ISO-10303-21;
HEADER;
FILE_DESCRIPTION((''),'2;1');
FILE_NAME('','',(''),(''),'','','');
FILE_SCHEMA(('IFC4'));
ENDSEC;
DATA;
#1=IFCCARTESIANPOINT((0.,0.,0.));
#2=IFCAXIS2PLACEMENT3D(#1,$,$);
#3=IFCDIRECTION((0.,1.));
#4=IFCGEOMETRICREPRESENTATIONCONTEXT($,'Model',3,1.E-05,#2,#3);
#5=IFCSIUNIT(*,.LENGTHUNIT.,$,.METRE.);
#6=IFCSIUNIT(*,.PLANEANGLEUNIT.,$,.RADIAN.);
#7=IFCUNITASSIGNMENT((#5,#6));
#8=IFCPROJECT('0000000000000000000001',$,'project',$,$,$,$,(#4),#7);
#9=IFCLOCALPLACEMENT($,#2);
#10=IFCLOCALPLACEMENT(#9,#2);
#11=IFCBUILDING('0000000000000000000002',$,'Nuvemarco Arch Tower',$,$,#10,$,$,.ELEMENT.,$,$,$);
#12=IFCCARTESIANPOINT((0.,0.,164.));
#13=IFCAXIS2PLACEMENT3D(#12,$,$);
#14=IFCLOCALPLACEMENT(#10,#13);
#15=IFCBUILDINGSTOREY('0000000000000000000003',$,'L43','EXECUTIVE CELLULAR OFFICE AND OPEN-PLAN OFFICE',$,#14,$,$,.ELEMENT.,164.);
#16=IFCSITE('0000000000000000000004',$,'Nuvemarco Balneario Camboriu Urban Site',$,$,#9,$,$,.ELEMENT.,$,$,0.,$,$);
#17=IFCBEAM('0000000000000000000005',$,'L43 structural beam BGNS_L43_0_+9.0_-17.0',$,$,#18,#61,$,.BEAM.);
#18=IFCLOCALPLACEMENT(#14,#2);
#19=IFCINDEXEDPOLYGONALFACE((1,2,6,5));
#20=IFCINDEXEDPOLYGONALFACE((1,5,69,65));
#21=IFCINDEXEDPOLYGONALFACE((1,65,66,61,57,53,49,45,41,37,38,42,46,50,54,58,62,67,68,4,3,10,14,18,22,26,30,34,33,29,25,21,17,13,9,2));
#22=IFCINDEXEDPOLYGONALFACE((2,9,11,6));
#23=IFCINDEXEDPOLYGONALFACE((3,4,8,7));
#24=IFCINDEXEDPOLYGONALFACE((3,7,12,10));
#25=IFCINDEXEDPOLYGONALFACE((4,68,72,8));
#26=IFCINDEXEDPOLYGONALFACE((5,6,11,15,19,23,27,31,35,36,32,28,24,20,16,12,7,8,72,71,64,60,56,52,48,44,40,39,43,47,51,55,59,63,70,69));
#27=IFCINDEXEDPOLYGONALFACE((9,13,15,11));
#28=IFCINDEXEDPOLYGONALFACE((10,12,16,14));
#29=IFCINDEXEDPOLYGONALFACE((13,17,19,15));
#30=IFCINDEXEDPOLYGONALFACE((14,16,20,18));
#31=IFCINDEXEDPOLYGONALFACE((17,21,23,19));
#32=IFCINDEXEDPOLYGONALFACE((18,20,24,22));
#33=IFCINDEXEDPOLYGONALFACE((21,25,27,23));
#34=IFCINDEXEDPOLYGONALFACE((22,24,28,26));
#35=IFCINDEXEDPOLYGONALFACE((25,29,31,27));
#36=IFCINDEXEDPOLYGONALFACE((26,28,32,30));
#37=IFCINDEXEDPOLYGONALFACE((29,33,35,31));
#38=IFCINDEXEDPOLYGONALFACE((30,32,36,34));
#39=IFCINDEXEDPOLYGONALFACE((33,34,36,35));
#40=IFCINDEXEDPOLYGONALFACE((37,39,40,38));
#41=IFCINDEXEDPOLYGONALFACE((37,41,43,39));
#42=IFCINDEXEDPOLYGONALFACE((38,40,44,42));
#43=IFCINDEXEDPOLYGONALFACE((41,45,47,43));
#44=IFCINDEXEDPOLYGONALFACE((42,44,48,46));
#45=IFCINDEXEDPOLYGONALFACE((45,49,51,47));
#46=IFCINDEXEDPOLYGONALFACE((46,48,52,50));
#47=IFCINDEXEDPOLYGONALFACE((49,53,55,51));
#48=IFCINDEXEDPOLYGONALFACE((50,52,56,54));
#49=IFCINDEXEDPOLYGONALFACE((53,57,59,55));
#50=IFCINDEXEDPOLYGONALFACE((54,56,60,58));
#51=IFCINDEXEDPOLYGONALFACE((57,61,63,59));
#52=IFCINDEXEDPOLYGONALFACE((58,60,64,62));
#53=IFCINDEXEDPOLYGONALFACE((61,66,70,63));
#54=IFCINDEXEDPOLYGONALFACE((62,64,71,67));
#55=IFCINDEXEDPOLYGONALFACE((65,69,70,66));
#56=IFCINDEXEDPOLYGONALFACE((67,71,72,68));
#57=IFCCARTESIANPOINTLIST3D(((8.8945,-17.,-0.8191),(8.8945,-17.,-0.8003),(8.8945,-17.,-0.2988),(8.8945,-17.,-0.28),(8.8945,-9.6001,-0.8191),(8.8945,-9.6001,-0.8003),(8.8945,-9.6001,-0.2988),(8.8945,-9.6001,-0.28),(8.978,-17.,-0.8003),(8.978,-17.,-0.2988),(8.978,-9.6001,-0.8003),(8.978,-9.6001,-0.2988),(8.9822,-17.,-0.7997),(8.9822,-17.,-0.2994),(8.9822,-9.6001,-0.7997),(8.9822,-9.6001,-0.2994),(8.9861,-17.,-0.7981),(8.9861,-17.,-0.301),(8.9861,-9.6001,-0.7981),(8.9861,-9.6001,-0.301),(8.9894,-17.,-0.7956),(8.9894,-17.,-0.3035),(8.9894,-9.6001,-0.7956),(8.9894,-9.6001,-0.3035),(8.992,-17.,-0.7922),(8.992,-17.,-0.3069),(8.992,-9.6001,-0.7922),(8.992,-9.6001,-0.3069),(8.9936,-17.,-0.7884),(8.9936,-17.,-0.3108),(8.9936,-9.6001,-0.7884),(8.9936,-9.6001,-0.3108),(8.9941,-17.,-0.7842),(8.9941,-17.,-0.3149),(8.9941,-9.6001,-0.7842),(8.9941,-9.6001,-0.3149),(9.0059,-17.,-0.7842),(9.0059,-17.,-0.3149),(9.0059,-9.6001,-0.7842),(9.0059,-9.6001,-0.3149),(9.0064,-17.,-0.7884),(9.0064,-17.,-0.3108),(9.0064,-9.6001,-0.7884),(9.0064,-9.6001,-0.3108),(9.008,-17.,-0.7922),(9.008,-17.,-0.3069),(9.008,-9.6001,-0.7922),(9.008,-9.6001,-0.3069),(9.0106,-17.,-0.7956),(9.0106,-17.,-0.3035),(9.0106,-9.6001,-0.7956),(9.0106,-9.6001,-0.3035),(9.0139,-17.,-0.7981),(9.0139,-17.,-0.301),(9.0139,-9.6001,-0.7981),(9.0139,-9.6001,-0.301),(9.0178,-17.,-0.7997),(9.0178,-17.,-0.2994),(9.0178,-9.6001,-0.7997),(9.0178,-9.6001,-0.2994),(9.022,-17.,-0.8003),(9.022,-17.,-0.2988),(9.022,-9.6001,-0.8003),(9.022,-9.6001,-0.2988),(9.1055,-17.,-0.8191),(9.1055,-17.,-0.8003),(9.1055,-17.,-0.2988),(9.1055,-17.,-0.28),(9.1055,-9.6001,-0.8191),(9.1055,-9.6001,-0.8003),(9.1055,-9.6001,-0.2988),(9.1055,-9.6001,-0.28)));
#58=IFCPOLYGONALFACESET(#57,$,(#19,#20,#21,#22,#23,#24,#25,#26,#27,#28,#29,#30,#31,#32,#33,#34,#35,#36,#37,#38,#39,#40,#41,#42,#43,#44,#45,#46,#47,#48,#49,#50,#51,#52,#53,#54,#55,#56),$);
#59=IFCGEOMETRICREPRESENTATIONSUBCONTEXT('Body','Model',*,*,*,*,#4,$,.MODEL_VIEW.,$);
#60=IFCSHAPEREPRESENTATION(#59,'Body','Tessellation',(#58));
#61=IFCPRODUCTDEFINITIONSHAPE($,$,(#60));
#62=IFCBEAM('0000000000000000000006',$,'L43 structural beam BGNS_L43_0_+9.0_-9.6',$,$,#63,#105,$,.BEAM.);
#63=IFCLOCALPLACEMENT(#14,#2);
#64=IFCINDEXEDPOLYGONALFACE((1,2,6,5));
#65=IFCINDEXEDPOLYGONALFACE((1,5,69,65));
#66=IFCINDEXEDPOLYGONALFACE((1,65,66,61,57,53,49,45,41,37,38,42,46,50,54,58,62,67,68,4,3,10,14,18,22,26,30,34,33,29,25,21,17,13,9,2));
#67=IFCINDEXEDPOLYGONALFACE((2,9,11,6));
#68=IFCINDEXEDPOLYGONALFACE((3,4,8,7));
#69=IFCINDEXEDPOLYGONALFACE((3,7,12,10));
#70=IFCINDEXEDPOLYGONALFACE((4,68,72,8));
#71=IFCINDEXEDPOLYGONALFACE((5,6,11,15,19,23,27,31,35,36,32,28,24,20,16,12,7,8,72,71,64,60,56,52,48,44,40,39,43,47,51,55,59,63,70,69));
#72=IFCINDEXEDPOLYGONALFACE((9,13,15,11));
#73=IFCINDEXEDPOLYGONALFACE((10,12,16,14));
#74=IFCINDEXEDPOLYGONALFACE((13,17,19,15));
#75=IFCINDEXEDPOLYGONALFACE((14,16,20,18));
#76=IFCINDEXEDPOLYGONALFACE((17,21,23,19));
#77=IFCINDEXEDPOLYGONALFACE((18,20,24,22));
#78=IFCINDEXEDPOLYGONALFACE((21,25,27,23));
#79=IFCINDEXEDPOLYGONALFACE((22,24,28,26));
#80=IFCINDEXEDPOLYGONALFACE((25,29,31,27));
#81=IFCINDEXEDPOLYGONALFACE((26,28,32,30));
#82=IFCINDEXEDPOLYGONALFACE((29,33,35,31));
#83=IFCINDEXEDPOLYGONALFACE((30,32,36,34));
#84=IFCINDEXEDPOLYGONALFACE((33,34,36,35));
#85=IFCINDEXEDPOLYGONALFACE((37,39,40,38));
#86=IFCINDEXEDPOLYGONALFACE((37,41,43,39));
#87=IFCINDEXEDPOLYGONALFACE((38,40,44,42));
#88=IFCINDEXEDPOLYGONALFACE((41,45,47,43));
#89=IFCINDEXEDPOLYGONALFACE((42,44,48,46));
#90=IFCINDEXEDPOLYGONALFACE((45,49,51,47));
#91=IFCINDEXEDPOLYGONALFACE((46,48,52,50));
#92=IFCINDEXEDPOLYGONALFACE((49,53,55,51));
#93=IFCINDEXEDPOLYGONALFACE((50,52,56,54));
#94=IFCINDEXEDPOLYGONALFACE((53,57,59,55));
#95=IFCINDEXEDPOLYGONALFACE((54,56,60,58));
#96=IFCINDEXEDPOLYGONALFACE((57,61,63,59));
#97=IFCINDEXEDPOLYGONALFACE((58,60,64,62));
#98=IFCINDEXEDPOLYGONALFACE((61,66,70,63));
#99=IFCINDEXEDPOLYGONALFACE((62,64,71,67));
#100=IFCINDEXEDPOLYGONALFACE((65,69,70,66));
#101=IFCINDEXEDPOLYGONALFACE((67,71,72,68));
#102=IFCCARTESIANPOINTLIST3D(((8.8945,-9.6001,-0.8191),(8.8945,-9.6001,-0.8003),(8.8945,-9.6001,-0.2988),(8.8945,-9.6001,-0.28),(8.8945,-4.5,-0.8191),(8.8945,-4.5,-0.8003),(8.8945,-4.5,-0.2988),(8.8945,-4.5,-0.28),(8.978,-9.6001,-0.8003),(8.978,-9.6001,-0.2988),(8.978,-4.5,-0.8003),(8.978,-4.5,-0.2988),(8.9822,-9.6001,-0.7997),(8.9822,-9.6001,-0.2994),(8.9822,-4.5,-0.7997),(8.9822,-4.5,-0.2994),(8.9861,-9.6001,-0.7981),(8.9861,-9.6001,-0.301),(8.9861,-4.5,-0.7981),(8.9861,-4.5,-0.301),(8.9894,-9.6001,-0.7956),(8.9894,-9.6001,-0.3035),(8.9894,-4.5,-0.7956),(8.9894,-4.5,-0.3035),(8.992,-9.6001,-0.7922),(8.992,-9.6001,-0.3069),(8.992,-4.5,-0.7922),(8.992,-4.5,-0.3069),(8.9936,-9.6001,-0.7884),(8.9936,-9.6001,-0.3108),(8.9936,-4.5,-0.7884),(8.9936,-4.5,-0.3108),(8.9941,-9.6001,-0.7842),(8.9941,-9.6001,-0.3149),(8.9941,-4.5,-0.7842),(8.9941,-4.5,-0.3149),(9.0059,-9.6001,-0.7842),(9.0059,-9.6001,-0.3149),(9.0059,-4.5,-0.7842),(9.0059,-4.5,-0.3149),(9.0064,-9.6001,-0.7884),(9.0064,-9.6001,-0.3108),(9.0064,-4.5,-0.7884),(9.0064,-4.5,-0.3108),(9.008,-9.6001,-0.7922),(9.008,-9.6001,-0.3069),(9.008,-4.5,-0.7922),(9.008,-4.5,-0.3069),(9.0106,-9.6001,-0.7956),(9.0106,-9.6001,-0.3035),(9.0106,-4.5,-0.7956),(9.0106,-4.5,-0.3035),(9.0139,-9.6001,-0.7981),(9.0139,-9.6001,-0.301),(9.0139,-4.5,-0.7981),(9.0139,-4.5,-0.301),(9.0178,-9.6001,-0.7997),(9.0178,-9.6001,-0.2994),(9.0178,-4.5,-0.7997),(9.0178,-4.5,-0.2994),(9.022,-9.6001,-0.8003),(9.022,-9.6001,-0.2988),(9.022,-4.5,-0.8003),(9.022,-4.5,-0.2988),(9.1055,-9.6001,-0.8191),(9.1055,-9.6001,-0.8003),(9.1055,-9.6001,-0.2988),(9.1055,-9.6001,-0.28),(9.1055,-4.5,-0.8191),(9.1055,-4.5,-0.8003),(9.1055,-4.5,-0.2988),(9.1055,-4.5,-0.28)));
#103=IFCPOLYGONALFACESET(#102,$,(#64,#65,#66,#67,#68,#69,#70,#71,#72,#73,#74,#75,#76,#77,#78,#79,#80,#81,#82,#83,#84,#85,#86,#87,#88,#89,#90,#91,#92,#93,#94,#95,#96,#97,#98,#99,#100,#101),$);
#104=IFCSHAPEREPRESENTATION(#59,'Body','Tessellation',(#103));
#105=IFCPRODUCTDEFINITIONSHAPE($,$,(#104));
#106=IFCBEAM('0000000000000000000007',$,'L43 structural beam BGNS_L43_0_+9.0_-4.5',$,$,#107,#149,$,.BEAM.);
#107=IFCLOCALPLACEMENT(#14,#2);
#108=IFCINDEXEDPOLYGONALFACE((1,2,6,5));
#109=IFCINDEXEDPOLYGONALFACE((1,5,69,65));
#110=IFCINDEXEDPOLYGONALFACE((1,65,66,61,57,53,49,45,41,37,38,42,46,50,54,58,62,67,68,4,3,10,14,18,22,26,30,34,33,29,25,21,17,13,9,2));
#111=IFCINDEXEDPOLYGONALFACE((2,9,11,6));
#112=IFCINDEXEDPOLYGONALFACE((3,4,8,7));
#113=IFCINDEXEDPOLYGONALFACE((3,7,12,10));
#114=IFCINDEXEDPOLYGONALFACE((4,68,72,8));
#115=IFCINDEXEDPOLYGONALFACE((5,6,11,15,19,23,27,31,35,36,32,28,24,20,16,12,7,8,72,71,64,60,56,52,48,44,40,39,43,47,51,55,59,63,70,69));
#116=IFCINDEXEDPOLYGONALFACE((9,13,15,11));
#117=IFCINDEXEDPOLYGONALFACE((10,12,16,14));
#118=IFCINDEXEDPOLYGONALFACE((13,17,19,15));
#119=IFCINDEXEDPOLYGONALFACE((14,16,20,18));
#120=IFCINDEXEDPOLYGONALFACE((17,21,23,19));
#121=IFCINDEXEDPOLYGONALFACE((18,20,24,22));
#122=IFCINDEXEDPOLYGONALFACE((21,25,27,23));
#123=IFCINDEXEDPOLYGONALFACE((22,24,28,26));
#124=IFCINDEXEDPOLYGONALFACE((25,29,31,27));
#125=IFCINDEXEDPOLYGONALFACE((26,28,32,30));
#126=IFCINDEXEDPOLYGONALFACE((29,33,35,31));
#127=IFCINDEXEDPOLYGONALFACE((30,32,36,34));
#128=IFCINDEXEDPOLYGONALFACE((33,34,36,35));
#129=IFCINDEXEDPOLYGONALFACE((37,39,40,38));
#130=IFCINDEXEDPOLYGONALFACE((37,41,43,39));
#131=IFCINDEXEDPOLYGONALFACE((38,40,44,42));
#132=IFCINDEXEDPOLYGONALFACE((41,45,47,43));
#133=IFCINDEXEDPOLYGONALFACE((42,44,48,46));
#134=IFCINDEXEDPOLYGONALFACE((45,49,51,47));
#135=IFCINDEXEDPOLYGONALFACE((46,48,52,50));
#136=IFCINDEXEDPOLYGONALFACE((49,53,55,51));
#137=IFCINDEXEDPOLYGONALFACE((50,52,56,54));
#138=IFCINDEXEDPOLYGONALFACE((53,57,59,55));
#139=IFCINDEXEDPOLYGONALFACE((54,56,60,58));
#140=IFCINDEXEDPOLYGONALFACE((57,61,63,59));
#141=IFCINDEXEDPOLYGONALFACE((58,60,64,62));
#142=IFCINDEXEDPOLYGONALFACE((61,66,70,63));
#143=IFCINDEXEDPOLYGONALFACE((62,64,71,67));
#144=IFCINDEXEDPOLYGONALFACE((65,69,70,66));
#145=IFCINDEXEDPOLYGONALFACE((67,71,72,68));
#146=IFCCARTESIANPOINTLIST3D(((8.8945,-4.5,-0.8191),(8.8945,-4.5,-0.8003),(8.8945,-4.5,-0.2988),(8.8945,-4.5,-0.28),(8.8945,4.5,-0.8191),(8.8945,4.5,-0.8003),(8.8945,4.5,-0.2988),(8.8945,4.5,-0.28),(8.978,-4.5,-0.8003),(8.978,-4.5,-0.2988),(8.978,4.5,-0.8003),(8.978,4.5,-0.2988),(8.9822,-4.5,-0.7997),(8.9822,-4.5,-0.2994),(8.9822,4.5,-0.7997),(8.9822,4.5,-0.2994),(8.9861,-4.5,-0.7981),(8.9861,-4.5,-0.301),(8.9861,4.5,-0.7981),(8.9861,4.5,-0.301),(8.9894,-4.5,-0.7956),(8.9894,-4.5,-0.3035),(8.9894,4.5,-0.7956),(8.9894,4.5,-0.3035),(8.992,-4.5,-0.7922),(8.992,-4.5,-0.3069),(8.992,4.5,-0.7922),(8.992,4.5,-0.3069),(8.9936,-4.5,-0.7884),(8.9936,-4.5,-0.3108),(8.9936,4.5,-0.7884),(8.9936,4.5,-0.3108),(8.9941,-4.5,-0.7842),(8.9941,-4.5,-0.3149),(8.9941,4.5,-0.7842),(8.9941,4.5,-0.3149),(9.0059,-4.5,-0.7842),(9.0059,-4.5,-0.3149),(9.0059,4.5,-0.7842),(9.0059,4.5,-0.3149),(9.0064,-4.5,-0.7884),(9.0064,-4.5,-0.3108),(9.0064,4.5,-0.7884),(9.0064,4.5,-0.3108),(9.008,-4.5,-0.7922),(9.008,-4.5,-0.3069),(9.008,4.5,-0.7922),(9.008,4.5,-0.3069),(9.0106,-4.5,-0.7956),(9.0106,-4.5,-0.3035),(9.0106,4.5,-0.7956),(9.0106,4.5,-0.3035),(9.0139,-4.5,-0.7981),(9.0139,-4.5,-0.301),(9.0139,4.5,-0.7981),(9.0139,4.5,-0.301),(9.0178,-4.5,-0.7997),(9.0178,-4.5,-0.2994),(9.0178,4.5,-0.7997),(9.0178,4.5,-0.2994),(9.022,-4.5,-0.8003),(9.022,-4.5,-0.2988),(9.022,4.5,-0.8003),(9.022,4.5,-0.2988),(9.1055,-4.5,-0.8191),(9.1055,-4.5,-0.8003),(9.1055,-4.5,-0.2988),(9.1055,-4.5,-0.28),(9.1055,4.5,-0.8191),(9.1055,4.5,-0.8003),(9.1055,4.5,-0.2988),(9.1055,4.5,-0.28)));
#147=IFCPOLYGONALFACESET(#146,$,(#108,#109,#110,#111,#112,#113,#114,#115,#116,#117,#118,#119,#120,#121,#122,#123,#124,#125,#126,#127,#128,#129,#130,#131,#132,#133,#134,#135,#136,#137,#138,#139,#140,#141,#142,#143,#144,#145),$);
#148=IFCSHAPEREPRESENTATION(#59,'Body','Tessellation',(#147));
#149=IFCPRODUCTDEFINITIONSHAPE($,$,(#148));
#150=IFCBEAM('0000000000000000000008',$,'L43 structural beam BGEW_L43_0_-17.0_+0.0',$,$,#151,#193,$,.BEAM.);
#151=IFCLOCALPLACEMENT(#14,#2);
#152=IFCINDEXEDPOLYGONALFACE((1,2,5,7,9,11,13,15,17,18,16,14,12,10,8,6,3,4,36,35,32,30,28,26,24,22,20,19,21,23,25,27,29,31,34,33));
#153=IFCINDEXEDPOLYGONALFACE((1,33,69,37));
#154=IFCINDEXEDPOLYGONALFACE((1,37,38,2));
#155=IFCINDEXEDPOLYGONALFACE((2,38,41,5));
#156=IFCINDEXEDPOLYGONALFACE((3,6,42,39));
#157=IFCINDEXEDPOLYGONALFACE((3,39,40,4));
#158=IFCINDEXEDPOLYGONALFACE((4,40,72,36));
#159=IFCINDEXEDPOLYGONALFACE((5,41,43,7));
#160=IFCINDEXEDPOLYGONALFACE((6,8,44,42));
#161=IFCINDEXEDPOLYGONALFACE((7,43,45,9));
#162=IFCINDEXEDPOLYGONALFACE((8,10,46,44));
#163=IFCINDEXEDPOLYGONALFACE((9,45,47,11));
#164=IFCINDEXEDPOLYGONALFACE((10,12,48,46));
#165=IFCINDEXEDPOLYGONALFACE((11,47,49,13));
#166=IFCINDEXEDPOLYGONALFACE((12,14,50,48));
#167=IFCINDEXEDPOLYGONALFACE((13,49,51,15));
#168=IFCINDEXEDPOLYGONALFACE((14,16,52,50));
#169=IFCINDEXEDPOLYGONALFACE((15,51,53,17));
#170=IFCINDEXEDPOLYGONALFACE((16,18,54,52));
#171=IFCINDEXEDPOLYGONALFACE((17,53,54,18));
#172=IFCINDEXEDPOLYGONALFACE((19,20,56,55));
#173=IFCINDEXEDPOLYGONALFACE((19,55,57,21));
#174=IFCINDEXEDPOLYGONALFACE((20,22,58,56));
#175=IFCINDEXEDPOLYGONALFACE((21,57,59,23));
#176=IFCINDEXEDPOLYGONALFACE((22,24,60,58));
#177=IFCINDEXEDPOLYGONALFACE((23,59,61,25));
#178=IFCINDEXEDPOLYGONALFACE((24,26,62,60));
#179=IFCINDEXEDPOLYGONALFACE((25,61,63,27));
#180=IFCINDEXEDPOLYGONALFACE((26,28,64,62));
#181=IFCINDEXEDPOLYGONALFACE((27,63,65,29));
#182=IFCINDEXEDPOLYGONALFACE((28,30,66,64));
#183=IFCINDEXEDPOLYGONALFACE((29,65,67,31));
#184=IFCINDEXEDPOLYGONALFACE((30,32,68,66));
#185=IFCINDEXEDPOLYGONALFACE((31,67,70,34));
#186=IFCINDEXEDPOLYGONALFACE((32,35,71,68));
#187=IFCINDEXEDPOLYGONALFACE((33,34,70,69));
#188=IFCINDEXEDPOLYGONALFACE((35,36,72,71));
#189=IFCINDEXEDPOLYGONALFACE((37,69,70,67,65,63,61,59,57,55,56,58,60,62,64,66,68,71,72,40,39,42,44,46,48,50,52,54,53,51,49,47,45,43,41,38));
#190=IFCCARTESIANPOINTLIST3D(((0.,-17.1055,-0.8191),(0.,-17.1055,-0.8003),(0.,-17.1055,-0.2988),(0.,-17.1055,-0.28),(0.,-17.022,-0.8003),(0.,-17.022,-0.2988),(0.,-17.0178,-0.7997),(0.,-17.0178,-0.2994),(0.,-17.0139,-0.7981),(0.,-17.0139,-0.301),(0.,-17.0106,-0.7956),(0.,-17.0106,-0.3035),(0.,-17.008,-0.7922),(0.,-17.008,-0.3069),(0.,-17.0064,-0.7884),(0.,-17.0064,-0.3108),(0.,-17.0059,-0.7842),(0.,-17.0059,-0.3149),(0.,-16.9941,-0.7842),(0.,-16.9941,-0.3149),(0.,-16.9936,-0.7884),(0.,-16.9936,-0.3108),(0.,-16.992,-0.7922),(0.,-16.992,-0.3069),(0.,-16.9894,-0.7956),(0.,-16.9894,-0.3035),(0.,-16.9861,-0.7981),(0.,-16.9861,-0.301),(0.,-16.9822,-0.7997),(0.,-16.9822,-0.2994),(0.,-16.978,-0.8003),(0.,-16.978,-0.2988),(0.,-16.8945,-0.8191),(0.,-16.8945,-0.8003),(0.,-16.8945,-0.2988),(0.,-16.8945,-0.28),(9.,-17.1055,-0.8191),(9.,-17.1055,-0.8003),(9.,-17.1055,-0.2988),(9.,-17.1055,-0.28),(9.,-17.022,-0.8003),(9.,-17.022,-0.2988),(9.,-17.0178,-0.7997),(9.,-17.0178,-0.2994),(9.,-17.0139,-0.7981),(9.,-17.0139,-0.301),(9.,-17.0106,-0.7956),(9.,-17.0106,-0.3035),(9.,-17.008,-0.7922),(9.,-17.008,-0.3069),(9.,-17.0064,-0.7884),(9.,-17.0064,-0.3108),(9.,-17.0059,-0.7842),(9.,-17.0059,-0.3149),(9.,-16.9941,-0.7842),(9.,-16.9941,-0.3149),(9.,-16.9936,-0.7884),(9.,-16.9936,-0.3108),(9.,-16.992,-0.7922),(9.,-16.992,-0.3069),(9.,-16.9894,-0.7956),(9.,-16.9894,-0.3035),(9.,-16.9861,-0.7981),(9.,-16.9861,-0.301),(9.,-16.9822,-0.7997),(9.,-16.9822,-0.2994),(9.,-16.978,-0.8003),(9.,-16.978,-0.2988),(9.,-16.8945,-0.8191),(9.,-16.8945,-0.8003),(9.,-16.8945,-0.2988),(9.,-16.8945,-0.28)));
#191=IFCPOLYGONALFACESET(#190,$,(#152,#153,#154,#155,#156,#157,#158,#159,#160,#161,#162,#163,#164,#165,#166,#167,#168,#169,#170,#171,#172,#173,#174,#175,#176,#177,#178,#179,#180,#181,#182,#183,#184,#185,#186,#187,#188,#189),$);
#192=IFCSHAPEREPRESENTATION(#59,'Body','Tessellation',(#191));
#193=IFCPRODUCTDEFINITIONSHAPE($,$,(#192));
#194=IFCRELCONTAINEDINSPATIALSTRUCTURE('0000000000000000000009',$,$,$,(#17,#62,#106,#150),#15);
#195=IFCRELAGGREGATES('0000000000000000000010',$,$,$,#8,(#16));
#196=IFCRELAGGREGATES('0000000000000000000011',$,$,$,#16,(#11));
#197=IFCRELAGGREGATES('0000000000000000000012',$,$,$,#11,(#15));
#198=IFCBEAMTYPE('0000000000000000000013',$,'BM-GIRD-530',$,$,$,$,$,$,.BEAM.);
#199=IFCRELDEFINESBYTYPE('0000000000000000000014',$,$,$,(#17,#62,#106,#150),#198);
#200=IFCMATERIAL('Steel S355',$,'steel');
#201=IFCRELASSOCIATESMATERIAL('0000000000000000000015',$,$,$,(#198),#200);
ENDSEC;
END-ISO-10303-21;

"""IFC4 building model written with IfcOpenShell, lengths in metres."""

from ifc_helpers import new_model, si_unit, direction, frame, origin, origin_2d, place, context, subcontext, project, spatial, i_section, extrude, material, material_profile, profile_set, type_object, element, save


model = new_model("IFC4")

# Units and contexts
model_context = context("Model", 3, precision=1e-05, world=origin(), true_north=direction((0.0, 1.0)))
body_context = subcontext(model_context, "Body", "Model", "MODEL_VIEW")
ifc_project = project(units=[si_unit("LENGTHUNIT", "METRE"), si_unit("PLANEANGLEUNIT", "RADIAN")], contexts=[model_context])

# Site, building, storey
site_placement = place(None, origin())
site = spatial("IfcSite", under=ifc_project, at=site_placement, Name="Nuvemarco Balneario Camboriu Urban Site", CompositionType="ELEMENT", RefElevation=0.0)
building_placement = place(site_placement, origin())
building = spatial("IfcBuilding", under=site, at=building_placement, Name="Nuvemarco Arch Tower", CompositionType="ELEMENT")
storey_placement = place(building_placement, frame((0.0, 0.0, 164.0)))
storey = spatial("IfcBuildingStorey", under=building, at=storey_placement, Name="L43", Description="EXECUTIVE CELLULAR OFFICE AND OPEN-PLAN OFFICE", CompositionType="ELEMENT", Elevation=164.0)

# Shared definitions
ifc_material_1 = material(Name="Steel S355", Category="steel")

# Beams
ifc_material_profile_1 = material_profile(ifc_material_1, i_section(OverallWidth=0.2109, OverallDepth=0.5391, WebThickness=0.0117, FlangeThickness=0.0188, FilletRadius=0.0161, at=origin_2d()), Name="W530x109")
ifc_profile_set_1 = profile_set([ifc_material_profile_1], Name="Steel S355")
beam_type_1 = type_object("IfcBeamType", Name="BM-GIRD-530", PredefinedType="BEAM", material=ifc_profile_set_1)
beam_1_placement = place(storey_placement, frame((9.0, -17.0, -0.5496), z_axis=(0.0, 1.0, 0.0), x_axis=(-1.0, 0.0, 0.0)))
element("IfcBeam", 1, at=beam_1_placement, inside=storey, type_object=beam_type_1, Name="L43 structural beam BGNS_L43_0_+9.0_-17.0", PredefinedType="BEAM", context=body_context, shape_type="SweptSolid", body=[
    extrude(i_section(OverallWidth=0.2109, OverallDepth=0.5391, WebThickness=0.0117, FlangeThickness=0.0188, FilletRadius=0.0161, at=origin_2d()), origin(), (0.0, 0.0, 1.0), 7.3999),
])
beam_2_placement = place(storey_placement, frame((9.0, -9.6001, -0.5496), z_axis=(0.0, 1.0, 0.0), x_axis=(-1.0, 0.0, 0.0)))
element("IfcBeam", 2, at=beam_2_placement, inside=storey, type_object=beam_type_1, Name="L43 structural beam BGNS_L43_0_+9.0_-9.6", PredefinedType="BEAM", context=body_context, shape_type="SweptSolid", body=[
    extrude(i_section(OverallWidth=0.2109, OverallDepth=0.5391, WebThickness=0.0117, FlangeThickness=0.0188, FilletRadius=0.0161, at=origin_2d()), origin(), (0.0, 0.0, 1.0), 5.1001),
])
for number, where, z_axis, x_axis, name in (
    (3, (9.0, -4.5, -0.5496), (0.0, 1.0, 0.0), (-1.0, 0.0, 0.0), "L43 structural beam BGNS_L43_0_+9.0_-4.5"),
    (4, (0.0, -17.0, -0.5496), (1.0, 0.0, 0.0), (0.0, 1.0, 0.0), "L43 structural beam BGEW_L43_0_-17.0_+0.0"),
):
    element("IfcBeam", number, at=place(storey_placement, frame(where, z_axis=z_axis, x_axis=x_axis)), inside=storey, type_object=beam_type_1, Name=name, PredefinedType="BEAM", context=body_context, shape_type="SweptSolid", body=[
        extrude(i_section(OverallWidth=0.2109, OverallDepth=0.5391, WebThickness=0.0117, FlangeThickness=0.0188, FilletRadius=0.0161, at=origin_2d()), origin(), (0.0, 0.0, 1.0), 9.0),
    ])

save(model, "model.ifc")
